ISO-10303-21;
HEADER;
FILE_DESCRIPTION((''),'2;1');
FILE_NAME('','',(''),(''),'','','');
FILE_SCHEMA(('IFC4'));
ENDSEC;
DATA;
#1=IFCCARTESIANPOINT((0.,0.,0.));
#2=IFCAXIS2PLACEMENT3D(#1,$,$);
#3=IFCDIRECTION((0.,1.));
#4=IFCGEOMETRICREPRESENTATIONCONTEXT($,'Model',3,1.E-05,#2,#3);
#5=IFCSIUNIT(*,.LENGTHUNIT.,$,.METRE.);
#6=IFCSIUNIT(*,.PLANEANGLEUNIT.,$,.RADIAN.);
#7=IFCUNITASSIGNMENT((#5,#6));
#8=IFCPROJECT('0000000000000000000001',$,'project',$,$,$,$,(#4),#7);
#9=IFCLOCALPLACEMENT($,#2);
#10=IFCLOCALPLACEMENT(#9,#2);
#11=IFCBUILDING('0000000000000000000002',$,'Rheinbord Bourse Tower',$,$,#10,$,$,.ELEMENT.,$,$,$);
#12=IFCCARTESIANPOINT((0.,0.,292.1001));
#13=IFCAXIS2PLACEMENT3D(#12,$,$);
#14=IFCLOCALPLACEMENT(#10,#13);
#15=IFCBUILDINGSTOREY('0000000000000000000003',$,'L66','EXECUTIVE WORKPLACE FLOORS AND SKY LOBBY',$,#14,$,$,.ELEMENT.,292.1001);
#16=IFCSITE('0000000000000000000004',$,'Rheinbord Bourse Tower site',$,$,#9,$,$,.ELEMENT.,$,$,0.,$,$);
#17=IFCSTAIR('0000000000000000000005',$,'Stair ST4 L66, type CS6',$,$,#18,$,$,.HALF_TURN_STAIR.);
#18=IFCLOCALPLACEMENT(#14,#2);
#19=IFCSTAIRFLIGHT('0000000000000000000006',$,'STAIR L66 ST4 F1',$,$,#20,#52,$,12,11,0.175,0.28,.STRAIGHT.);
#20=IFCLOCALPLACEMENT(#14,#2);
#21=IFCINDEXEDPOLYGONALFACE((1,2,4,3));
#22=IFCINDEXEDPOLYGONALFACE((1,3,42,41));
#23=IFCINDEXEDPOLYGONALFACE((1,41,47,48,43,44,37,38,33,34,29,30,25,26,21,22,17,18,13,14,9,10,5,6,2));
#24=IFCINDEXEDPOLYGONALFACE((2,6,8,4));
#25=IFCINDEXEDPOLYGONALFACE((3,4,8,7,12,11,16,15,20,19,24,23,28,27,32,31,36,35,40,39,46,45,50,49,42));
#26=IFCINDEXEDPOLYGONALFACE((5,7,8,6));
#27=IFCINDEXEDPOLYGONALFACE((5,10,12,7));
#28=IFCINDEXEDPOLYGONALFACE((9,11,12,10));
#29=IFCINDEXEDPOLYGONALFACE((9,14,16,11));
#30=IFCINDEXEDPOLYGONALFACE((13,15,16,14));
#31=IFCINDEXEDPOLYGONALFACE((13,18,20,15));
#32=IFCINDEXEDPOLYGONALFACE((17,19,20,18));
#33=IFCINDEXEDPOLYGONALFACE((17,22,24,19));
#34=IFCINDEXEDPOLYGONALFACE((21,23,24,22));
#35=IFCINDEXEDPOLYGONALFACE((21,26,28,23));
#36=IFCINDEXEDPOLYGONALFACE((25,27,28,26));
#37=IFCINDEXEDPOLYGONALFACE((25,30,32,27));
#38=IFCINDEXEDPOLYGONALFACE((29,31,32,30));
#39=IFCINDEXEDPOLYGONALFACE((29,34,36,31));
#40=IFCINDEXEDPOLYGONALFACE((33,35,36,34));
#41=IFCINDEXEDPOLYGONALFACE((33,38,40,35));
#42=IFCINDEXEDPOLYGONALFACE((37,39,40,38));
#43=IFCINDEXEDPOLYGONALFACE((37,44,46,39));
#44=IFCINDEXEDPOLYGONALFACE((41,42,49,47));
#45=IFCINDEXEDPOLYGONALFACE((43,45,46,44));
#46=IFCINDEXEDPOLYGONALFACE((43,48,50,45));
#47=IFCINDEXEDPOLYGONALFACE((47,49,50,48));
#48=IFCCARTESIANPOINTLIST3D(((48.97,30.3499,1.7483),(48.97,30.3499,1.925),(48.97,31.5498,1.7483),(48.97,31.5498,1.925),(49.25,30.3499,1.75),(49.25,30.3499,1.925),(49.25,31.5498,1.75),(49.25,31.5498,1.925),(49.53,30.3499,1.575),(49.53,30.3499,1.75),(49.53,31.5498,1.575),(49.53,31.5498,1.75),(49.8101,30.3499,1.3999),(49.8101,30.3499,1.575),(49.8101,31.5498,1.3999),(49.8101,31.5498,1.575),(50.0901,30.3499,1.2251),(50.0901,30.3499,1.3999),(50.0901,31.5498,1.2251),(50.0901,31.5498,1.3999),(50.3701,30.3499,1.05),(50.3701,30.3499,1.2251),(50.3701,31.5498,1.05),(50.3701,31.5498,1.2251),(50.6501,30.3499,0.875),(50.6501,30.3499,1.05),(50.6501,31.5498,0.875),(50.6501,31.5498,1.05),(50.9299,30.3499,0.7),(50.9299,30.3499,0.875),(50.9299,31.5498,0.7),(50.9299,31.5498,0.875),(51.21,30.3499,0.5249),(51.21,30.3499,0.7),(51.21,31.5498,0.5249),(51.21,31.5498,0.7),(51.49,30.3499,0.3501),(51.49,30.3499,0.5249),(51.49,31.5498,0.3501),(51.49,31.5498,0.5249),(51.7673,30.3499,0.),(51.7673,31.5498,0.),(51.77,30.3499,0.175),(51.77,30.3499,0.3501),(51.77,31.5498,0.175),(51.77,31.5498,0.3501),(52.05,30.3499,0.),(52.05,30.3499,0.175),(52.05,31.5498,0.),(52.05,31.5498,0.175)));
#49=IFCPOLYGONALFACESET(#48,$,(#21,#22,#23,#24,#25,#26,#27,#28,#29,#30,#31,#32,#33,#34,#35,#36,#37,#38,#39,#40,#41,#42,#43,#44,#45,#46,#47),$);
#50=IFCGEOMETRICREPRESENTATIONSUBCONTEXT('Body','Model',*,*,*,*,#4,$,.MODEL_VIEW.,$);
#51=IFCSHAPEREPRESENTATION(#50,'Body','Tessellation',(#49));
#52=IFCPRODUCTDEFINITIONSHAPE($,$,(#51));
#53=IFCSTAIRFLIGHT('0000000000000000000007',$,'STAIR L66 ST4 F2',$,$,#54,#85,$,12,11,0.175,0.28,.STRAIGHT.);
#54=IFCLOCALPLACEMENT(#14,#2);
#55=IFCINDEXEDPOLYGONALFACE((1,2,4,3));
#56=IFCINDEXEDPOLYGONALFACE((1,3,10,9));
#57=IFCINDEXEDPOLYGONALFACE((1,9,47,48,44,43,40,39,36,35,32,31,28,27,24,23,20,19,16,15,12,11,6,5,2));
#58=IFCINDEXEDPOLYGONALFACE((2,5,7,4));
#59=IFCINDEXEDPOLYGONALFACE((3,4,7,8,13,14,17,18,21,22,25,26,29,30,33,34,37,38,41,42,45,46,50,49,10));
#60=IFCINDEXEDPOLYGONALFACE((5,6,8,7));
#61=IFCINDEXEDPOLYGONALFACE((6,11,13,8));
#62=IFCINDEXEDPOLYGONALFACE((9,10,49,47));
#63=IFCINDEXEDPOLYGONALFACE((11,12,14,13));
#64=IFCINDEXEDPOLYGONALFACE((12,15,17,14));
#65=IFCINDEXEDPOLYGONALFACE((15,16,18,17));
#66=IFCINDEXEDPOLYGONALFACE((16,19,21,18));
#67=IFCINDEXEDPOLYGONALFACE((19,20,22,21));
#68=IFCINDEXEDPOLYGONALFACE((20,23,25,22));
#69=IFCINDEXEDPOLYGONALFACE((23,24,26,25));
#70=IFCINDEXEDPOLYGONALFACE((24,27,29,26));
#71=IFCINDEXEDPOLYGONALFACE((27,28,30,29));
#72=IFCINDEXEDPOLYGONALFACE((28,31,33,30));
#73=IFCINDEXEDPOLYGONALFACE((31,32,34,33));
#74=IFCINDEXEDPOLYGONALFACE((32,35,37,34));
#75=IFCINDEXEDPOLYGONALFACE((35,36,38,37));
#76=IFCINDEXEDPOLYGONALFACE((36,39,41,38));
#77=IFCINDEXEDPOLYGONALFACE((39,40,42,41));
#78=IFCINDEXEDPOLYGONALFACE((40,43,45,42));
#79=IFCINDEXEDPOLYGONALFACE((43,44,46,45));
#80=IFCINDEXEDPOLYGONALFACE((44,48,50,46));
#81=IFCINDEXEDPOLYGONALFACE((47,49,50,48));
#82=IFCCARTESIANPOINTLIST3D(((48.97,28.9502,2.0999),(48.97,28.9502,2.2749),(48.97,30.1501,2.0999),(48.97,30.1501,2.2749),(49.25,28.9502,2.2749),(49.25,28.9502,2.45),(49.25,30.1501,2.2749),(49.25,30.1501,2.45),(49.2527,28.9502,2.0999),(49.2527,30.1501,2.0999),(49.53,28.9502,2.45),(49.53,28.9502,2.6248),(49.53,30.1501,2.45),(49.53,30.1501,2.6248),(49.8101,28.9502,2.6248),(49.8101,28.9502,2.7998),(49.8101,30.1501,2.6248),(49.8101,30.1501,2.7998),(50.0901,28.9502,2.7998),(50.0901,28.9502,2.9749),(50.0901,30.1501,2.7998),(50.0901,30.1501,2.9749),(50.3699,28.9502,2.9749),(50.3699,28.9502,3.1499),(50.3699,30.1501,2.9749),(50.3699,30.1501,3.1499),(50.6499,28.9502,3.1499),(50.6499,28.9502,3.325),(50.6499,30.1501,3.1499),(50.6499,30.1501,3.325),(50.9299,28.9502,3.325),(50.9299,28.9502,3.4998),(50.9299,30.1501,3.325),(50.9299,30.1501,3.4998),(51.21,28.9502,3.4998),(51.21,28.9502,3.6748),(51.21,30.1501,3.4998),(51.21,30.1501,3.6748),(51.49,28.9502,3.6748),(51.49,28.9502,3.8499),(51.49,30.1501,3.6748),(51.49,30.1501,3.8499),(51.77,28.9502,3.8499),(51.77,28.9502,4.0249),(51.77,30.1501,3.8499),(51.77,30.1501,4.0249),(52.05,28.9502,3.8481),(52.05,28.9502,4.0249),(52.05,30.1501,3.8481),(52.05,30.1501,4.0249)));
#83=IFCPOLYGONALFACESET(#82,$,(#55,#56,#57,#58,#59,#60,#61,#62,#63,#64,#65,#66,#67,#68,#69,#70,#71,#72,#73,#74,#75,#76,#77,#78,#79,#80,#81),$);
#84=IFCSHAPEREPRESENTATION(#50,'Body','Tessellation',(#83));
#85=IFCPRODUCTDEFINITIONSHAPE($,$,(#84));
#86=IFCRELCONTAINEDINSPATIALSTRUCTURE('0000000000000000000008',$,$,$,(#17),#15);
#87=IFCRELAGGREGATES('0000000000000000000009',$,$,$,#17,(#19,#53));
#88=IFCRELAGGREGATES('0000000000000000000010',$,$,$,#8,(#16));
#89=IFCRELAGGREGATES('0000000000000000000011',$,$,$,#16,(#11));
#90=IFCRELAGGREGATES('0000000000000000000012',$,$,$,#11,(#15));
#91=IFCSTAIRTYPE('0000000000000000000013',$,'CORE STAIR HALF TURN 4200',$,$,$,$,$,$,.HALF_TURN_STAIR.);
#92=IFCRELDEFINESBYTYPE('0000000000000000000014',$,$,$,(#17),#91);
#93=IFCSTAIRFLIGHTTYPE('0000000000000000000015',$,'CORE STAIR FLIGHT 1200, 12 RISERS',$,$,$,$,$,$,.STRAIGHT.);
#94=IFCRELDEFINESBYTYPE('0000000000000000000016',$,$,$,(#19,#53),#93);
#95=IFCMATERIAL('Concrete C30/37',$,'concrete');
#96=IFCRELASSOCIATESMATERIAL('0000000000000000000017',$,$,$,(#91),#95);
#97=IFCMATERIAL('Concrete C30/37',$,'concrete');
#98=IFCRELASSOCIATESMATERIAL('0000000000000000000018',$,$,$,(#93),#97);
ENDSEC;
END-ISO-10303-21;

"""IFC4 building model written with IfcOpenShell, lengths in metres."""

from ifc_helpers import new_model, si_unit, direction, frame, origin, place, context, subcontext, project, spatial, polyline, outline, extrude, material, type_object, element, aggregate, save


model = new_model("IFC4")

# Units and contexts
model_context = context("Model", 3, precision=1e-05, world=origin(), true_north=direction((0.0, 1.0)))
body_context = subcontext(model_context, "Body", "Model", "MODEL_VIEW")
ifc_project = project(units=[si_unit("LENGTHUNIT", "METRE"), si_unit("PLANEANGLEUNIT", "RADIAN")], contexts=[model_context])

# Site, building, storey
site_placement = place(None, origin())
site = spatial("IfcSite", under=ifc_project, at=site_placement, Name="Rheinbord Bourse Tower site", CompositionType="ELEMENT", RefElevation=0.0)
building_placement = place(site_placement, origin())
building = spatial("IfcBuilding", under=site, at=building_placement, Name="Rheinbord Bourse Tower", CompositionType="ELEMENT")
storey_placement = place(building_placement, frame((0.0, 0.0, 292.1001)))
storey = spatial("IfcBuildingStorey", under=building, at=storey_placement, Name="L66", Description="EXECUTIVE WORKPLACE FLOORS AND SKY LOBBY", CompositionType="ELEMENT", Elevation=292.1001)

# Stair, stair flights
ifc_material_1 = material(Name="Concrete C30/37", Category="concrete")
stair_type = type_object("IfcStairType", Name="CORE STAIR HALF TURN 4200", PredefinedType="HALF_TURN_STAIR", material=ifc_material_1)
stair_placement = place(storey_placement, origin())
stair = element("IfcStair", 1, at=stair_placement, inside=storey, type_object=stair_type, Name="Stair ST4 L66, type CS6", PredefinedType="HALF_TURN_STAIR")
ifc_material_2 = material(Name="Concrete C30/37", Category="concrete")
stair_flight_type = type_object("IfcStairFlightType", Name="CORE STAIR FLIGHT 1200, 12 RISERS", PredefinedType="STRAIGHT", material=ifc_material_2)
stair_flight_1_placement = place(storey_placement, frame((52.05, 30.95, 0.0), z_axis=(0.0, 0.0, 1.0), x_axis=(-1.0, 0.0, 0.0)))
stair_flight_1 = element("IfcStairFlight", 2, at=stair_flight_1_placement, type_object=stair_flight_type, Name="STAIR L66 ST4 F1", NumberOfRisers=12, NumberOfTreads=11, PredefinedType="STRAIGHT", RiserHeight=0.175, TreadLength=0.28, context=body_context, shape_type="SweptSolid", body=[
    extrude(outline(polyline([(0.0, 0.0), (0.0, 0.175), (0.28, 0.175), (0.28, 0.3501), (0.5601, 0.3501), (0.5601, 0.5249), (0.8401, 0.5249), (0.8401, 0.7), (1.1201, 0.7), (1.1201, 0.875), (1.3999, 0.875), (1.3999, 1.05), (1.6799, 1.05), (1.6799, 1.2251), (1.96, 1.2251), (1.96, 1.3999), (2.24, 1.3999), (2.24, 1.575), (2.52, 1.575), (2.52, 1.75), (2.8, 1.75), (2.8, 1.925), (3.0801, 1.925), (3.0801, 2.1001), (3.0801, 1.7483), (0.2827, 0.0), (0.0, 0.0)])), frame((0.0, 0.6001, 0.0), z_axis=(0.0, -1.0, 0.0), x_axis=(1.0, 0.0, 0.0)), (0.0, 0.0, 1.0), 1.2),
])
stair_flight_2_placement = place(storey_placement, frame((48.97, 29.55, 2.0999), z_axis=(0.0, 0.0, 1.0), x_axis=(1.0, 0.0, 0.0)))
stair_flight_2 = element("IfcStairFlight", 3, at=stair_flight_2_placement, type_object=stair_flight_type, Name="STAIR L66 ST4 F2", NumberOfRisers=12, NumberOfTreads=11, PredefinedType="STRAIGHT", RiserHeight=0.175, TreadLength=0.28, context=body_context, shape_type="SweptSolid", body=[
    extrude(outline(polyline([(0.0, 0.0), (0.0, 0.175), (0.28, 0.175), (0.28, 0.3501), (0.5601, 0.3501), (0.5601, 0.5249), (0.8401, 0.5249), (0.8401, 0.7), (1.1201, 0.7), (1.1201, 0.875), (1.3999, 0.875), (1.3999, 1.05), (1.6799, 1.05), (1.6799, 1.2251), (1.96, 1.2251), (1.96, 1.3999), (2.24, 1.3999), (2.24, 1.575), (2.52, 1.575), (2.52, 1.75), (2.8, 1.75), (2.8, 1.925), (3.0801, 1.925), (3.0801, 2.1001), (3.0801, 1.7483), (0.2827, 0.0), (0.0, 0.0)])), frame((0.0, 0.6001, 0.0), z_axis=(0.0, -1.0, 0.0), x_axis=(1.0, 0.0, 0.0)), (0.0, 0.0, 1.0), 1.2),
])
aggregate(stair, [stair_flight_1, stair_flight_2])

save(model, "model.ifc")
